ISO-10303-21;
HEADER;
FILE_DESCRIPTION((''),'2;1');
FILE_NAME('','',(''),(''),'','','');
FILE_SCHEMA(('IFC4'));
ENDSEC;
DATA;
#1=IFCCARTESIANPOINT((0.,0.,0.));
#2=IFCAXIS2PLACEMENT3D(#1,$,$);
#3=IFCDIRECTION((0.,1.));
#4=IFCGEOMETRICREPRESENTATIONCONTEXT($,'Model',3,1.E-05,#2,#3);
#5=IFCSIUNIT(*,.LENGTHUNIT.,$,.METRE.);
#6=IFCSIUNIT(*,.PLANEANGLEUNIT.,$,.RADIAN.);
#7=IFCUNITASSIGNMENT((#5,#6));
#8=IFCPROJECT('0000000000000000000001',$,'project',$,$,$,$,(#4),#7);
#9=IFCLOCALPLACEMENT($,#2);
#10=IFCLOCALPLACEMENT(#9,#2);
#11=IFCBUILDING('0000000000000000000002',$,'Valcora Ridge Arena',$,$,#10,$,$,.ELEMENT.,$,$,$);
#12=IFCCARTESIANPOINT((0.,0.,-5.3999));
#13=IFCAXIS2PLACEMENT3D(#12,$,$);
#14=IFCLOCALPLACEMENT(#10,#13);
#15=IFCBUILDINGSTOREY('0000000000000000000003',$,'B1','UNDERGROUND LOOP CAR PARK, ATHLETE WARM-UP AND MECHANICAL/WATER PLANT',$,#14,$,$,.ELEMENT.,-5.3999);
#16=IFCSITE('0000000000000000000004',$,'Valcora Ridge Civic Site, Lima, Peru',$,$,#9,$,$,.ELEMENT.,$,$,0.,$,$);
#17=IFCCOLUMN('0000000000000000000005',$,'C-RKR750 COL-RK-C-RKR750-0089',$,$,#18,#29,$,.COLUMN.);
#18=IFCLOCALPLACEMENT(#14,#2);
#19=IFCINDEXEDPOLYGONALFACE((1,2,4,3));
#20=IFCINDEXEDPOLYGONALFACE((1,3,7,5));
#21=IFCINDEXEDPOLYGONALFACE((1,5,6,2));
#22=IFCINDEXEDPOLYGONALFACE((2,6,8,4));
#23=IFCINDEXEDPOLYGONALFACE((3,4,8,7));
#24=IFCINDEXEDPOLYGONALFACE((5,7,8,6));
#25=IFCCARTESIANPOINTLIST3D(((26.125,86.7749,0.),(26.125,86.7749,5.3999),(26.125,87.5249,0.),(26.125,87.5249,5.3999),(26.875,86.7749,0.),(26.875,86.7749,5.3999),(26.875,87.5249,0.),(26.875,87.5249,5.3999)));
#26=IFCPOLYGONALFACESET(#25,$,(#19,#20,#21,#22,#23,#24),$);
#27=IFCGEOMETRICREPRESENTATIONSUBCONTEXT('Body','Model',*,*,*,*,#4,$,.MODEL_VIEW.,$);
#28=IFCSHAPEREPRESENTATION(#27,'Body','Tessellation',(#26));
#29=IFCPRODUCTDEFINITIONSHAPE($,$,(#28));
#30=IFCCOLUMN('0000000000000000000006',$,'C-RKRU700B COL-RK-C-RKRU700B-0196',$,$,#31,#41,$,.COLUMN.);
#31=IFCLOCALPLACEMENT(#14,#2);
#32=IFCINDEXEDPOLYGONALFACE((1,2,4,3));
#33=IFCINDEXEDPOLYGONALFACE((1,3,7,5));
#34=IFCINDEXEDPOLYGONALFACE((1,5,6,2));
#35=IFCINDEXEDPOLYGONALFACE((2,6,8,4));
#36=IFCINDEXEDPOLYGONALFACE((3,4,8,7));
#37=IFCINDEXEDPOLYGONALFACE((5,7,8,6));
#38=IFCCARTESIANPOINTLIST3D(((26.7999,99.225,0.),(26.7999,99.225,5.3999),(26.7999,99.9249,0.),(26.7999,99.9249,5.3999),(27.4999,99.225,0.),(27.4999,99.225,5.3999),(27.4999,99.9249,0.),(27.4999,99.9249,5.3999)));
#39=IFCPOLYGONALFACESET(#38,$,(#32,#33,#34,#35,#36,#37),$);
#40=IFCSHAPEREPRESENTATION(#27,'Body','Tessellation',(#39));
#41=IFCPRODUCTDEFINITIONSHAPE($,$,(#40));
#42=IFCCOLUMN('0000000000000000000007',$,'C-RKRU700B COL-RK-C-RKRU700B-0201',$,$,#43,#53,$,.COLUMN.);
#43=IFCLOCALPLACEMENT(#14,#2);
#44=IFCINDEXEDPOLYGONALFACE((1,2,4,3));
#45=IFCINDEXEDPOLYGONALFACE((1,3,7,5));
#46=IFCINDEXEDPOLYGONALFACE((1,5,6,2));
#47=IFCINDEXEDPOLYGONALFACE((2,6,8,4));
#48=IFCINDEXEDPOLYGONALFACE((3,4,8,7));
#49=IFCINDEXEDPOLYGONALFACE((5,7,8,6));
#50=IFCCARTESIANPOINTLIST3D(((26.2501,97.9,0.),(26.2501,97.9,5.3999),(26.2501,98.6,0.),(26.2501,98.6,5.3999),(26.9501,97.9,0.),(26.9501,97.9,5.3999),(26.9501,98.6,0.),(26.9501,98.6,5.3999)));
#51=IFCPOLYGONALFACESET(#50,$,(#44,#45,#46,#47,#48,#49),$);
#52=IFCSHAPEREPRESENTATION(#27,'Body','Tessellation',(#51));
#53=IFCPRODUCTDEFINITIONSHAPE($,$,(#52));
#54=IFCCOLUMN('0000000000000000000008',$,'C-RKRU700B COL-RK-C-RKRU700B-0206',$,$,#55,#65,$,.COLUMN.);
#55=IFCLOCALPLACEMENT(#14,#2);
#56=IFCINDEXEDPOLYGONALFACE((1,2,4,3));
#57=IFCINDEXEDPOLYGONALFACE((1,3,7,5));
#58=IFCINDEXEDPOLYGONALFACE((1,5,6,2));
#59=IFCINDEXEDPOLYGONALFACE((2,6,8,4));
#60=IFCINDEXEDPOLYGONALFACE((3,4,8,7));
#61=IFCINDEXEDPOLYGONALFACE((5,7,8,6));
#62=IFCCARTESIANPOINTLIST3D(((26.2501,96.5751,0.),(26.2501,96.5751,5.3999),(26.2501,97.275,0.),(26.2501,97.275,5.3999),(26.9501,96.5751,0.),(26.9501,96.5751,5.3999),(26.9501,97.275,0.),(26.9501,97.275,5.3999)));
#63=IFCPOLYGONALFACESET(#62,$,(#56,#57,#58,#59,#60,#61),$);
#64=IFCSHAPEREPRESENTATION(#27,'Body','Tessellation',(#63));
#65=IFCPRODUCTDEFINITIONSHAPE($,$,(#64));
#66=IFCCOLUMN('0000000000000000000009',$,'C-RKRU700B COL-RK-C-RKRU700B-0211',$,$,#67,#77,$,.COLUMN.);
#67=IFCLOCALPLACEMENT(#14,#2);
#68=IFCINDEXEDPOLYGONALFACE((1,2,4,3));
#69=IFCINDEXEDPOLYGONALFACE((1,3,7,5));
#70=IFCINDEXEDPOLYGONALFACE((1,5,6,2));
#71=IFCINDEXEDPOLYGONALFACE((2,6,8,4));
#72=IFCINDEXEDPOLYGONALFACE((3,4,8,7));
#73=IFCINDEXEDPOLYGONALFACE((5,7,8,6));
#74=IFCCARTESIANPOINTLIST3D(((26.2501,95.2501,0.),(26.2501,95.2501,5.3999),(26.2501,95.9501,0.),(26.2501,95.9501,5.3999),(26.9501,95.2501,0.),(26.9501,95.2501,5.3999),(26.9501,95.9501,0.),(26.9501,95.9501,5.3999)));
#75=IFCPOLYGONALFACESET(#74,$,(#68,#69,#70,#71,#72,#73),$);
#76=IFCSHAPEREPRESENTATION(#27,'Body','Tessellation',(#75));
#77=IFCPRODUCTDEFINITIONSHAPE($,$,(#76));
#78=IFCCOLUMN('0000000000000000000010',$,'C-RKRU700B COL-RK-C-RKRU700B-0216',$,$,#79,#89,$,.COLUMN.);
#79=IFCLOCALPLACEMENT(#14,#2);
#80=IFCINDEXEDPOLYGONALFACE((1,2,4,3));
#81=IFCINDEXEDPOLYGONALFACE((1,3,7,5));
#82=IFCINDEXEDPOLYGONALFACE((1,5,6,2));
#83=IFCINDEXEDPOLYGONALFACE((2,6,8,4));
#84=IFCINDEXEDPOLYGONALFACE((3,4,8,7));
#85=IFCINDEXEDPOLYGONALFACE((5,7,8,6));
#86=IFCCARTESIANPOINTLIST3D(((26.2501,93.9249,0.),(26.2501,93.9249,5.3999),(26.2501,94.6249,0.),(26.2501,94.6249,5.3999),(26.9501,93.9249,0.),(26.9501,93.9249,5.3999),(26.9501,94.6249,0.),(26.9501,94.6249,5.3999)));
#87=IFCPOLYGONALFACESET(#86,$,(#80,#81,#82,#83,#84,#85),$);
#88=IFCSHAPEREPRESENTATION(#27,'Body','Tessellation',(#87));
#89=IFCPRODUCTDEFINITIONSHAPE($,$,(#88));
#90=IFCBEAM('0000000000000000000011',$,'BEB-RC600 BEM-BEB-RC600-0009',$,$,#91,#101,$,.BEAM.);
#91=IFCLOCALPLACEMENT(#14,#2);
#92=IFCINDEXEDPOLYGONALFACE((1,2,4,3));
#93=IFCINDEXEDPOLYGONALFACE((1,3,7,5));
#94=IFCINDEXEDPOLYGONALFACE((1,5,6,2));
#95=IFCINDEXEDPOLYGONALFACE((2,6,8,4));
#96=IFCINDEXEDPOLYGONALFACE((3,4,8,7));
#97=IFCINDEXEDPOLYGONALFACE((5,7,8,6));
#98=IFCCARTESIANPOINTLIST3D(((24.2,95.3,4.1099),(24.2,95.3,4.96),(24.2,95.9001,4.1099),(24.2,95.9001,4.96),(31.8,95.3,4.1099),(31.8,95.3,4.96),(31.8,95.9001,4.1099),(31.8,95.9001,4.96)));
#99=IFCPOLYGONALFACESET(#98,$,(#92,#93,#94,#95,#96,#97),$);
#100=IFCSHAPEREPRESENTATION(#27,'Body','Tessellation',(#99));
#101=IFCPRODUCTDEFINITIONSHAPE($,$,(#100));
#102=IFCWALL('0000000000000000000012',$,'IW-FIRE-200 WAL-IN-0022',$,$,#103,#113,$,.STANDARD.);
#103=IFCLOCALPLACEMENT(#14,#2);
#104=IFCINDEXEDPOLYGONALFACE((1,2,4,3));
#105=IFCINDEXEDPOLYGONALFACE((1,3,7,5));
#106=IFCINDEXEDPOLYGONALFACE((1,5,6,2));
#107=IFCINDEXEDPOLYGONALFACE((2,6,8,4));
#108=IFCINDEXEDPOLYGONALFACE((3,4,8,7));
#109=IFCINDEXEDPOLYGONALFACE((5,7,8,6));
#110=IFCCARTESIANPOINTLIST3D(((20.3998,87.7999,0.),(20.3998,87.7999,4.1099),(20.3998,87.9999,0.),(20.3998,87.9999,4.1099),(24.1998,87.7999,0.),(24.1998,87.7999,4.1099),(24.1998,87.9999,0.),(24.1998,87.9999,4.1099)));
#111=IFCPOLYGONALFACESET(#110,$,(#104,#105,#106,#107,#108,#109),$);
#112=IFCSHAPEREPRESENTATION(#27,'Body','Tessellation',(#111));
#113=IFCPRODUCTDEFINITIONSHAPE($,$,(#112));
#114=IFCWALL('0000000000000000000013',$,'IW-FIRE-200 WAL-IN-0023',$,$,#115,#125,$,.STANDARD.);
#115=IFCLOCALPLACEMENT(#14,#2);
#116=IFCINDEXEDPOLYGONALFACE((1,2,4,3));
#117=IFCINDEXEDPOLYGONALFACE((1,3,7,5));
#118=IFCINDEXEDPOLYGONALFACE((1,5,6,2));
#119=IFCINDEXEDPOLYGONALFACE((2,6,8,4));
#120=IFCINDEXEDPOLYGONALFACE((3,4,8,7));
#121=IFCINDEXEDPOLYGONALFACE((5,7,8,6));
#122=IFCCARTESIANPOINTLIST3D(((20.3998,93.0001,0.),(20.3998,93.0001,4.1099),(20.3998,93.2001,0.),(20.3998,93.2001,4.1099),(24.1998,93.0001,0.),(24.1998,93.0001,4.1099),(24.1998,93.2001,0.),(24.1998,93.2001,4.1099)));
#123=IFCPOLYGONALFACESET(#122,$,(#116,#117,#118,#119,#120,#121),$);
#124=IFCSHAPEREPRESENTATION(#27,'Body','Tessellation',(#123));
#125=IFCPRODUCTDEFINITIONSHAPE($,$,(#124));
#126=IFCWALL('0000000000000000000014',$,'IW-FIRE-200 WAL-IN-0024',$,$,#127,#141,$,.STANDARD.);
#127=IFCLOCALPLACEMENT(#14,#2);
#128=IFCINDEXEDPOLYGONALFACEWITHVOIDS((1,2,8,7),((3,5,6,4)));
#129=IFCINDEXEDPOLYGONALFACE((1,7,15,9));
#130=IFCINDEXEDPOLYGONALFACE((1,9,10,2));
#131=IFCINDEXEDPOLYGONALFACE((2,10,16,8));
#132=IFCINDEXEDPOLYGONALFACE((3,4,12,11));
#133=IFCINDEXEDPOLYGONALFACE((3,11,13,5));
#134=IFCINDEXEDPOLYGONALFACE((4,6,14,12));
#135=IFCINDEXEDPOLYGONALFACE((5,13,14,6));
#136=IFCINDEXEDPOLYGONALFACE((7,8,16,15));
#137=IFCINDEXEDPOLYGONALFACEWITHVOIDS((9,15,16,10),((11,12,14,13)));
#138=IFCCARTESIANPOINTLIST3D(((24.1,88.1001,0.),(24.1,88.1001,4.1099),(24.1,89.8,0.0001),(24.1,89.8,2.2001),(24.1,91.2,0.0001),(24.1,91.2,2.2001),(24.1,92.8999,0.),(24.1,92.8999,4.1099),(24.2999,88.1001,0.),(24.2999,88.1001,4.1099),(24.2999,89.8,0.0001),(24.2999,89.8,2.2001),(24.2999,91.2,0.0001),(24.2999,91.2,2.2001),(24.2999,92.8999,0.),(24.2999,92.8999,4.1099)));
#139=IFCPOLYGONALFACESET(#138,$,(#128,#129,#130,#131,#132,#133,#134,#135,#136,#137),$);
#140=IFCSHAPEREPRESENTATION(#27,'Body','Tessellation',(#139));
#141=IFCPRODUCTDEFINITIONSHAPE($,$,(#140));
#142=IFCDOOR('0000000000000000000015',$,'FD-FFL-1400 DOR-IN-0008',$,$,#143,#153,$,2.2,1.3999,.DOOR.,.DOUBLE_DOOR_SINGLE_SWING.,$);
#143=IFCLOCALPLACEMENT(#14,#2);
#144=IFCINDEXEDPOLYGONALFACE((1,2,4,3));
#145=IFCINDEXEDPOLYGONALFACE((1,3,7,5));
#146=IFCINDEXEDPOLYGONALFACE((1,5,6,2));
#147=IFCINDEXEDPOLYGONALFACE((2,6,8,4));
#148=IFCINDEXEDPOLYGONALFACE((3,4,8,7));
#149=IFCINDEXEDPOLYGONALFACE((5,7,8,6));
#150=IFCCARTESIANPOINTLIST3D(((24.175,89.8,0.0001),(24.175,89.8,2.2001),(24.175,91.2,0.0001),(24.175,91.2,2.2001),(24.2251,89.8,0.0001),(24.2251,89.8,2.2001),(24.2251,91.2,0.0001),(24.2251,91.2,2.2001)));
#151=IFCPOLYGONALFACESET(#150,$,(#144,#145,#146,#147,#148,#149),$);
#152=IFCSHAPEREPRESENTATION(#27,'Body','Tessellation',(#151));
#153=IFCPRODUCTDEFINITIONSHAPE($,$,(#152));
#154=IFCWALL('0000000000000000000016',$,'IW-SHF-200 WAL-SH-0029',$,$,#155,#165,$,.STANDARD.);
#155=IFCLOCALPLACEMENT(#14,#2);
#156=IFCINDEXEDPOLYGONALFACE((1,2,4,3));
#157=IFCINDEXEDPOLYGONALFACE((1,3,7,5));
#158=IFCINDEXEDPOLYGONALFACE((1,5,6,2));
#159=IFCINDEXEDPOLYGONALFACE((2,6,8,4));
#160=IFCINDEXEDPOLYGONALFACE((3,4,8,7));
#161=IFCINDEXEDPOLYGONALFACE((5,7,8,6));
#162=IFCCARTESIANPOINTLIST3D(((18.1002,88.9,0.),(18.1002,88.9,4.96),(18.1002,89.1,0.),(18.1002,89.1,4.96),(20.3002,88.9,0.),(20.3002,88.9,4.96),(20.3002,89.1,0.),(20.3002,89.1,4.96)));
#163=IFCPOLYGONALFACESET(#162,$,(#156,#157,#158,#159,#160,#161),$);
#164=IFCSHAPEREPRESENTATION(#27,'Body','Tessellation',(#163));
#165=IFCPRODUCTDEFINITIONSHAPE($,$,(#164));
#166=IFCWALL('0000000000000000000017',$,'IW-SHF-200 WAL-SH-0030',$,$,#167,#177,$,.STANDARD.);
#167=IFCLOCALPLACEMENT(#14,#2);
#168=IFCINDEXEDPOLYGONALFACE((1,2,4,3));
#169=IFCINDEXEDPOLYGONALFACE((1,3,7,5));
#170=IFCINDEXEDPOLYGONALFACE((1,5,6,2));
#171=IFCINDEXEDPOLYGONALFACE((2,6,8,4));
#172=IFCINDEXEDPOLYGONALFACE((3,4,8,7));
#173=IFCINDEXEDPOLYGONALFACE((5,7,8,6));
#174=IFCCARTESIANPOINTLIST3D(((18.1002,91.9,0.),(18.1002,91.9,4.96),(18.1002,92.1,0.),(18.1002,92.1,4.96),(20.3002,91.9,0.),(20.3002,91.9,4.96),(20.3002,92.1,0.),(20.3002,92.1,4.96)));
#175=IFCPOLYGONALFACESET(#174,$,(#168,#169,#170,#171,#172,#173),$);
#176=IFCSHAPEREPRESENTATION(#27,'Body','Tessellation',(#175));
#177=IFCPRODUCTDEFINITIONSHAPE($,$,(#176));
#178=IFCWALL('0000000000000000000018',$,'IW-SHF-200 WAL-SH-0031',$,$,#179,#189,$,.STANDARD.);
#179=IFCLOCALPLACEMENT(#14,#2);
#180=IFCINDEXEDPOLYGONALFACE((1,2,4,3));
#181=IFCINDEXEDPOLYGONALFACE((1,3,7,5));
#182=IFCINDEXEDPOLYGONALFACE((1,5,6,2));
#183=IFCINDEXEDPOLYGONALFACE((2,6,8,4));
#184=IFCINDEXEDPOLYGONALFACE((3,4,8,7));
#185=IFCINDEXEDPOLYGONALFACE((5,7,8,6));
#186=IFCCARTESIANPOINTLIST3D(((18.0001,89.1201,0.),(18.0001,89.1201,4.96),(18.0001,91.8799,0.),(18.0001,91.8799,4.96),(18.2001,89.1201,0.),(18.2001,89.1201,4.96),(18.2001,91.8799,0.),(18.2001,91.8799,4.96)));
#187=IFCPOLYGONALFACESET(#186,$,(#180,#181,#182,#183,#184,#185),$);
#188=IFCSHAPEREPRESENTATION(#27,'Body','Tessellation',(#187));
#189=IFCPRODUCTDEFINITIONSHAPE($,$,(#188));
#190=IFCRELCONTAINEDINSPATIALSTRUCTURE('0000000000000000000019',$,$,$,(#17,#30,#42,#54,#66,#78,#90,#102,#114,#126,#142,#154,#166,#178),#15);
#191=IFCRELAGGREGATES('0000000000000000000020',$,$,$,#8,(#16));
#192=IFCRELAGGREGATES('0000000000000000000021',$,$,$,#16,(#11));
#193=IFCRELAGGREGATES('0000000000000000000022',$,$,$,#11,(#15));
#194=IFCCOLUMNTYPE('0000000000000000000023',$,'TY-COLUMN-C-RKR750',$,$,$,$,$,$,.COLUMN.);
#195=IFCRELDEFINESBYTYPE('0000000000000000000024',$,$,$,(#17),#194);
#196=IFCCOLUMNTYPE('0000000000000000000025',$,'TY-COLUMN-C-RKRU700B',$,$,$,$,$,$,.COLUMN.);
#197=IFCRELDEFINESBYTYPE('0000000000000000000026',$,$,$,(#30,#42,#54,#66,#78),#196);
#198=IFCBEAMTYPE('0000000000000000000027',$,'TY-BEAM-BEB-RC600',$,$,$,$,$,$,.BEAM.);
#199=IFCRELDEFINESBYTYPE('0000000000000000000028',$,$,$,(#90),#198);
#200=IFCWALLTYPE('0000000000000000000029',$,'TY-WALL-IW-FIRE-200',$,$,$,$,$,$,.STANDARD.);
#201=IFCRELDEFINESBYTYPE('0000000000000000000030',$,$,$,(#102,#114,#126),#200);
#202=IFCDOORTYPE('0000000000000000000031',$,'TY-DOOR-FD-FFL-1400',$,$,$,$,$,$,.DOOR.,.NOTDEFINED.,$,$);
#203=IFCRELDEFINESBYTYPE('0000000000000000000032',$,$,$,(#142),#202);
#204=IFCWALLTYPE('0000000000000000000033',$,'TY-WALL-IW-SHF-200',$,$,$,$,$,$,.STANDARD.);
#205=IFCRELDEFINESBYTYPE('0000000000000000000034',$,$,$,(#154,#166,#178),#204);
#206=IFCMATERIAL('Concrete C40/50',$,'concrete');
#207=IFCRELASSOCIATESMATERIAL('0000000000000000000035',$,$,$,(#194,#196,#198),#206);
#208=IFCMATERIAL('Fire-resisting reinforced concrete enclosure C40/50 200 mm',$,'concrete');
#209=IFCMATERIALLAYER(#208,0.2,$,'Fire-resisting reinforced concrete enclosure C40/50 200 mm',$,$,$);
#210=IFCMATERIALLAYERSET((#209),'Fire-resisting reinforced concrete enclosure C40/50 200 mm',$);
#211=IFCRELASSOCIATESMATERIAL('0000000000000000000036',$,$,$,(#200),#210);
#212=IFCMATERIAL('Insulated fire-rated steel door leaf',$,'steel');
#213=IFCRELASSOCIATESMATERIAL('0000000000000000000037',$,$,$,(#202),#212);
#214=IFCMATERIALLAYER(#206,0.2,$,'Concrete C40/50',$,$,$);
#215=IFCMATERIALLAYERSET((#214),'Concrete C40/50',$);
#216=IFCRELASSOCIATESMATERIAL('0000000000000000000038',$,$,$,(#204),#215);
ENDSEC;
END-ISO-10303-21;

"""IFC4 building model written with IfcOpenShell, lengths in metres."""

from ifc_helpers import new_model, si_unit, direction, frame, frame_2d, origin, origin_2d, place, context, subcontext, project, spatial, rectangle, extrude, material, layer, layer_set, material_profile, profile_set, type_object, element, fill, save


model = new_model("IFC4")

# Units and contexts
model_context = context("Model", 3, precision=1e-05, world=origin(), true_north=direction((0.0, 1.0)))
body_context = subcontext(model_context, "Body", "Model", "MODEL_VIEW")
ifc_project = project(units=[si_unit("LENGTHUNIT", "METRE"), si_unit("PLANEANGLEUNIT", "RADIAN")], contexts=[model_context])

# Site, building, storey
site_placement = place(None, origin())
site = spatial("IfcSite", under=ifc_project, at=site_placement, Name="Valcora Ridge Civic Site, Lima, Peru", CompositionType="ELEMENT", RefElevation=0.0)
building_placement = place(site_placement, origin())
building = spatial("IfcBuilding", under=site, at=building_placement, Name="Valcora Ridge Arena", CompositionType="ELEMENT")
storey_placement = place(building_placement, frame((0.0, 0.0, -5.3999)))
storey = spatial("IfcBuildingStorey", under=building, at=storey_placement, Name="B1", Description="UNDERGROUND LOOP CAR PARK, ATHLETE WARM-UP AND MECHANICAL/WATER PLANT", CompositionType="ELEMENT", Elevation=-5.3999)

# Shared definitions
ifc_material_1 = material(Name="Concrete C40/50", Category="concrete")

# Columns
ifc_material_profile_1 = material_profile(ifc_material_1, rectangle(XDim=0.75, YDim=0.75, at=origin_2d()), Name="RC 750x750")
ifc_profile_set_1 = profile_set([ifc_material_profile_1], Name="Concrete C40/50")
column_type_1 = type_object("IfcColumnType", Name="TY-COLUMN-C-RKR750", PredefinedType="COLUMN", material=ifc_profile_set_1)
for number, where, z_axis, x_axis, name in (
    (1, (26.5, 87.1499, 0.0), (0.0, 0.0, 1.0), (1.0, 0.0, 0.0), "C-RKR750 COL-RK-C-RKR750-0089"),
):
    element("IfcColumn", number, at=place(storey_placement, frame(where, z_axis=z_axis, x_axis=x_axis)), inside=storey, type_object=column_type_1, Name=name, PredefinedType="COLUMN", context=body_context, shape_type="SweptSolid", body=[
        extrude(rectangle(XDim=0.75, YDim=0.75, at=origin_2d()), origin(), (0.0, 0.0, 1.0), 5.3999),
    ])
ifc_material_profile_2 = material_profile(ifc_material_1, rectangle(XDim=0.7, YDim=0.7, at=origin_2d()), Name="RC 700x700")
ifc_profile_set_2 = profile_set([ifc_material_profile_2], Name="Concrete C40/50")
column_type_2 = type_object("IfcColumnType", Name="TY-COLUMN-C-RKRU700B", PredefinedType="COLUMN", material=ifc_profile_set_2)
for number, where, z_axis, x_axis, name in (
    (2, (27.1499, 99.575, 0.0), (0.0, 0.0, 1.0), (1.0, 0.0, 0.0), "C-RKRU700B COL-RK-C-RKRU700B-0196"),
    (3, (26.6001, 98.25, 0.0), (0.0, 0.0, 1.0), (1.0, 0.0, 0.0), "C-RKRU700B COL-RK-C-RKRU700B-0201"),
    (4, (26.6001, 96.925, 0.0), (0.0, 0.0, 1.0), (1.0, 0.0, 0.0), "C-RKRU700B COL-RK-C-RKRU700B-0206"),
    (5, (26.6001, 95.6001, 0.0), (0.0, 0.0, 1.0), (1.0, 0.0, 0.0), "C-RKRU700B COL-RK-C-RKRU700B-0211"),
    (6, (26.6001, 94.2749, 0.0), (0.0, 0.0, 1.0), (1.0, 0.0, 0.0), "C-RKRU700B COL-RK-C-RKRU700B-0216"),
):
    element("IfcColumn", number, at=place(storey_placement, frame(where, z_axis=z_axis, x_axis=x_axis)), inside=storey, type_object=column_type_2, Name=name, PredefinedType="COLUMN", context=body_context, shape_type="SweptSolid", body=[
        extrude(rectangle(XDim=0.7, YDim=0.7, at=origin_2d()), origin(), (0.0, 0.0, 1.0), 5.3999),
    ])

# Beam
ifc_material_profile_3 = material_profile(ifc_material_1, rectangle(XDim=0.6001, YDim=0.8501, at=origin_2d()), Name="RC 600x850")
ifc_profile_set_3 = profile_set([ifc_material_profile_3], Name="Concrete C40/50")
beam_type = type_object("IfcBeamType", Name="TY-BEAM-BEB-RC600", PredefinedType="BEAM", material=ifc_profile_set_3)
beam_placement = place(storey_placement, frame((24.2, 95.6001, 4.5349), z_axis=(1.0, 0.0, 0.0), x_axis=(0.0, 1.0, 0.0)))
element("IfcBeam", 7, at=beam_placement, inside=storey, type_object=beam_type, Name="BEB-RC600 BEM-BEB-RC600-0009", PredefinedType="BEAM", context=body_context, shape_type="SweptSolid", body=[
    extrude(rectangle(XDim=0.6001, YDim=0.8501, at=origin_2d()), origin(), (0.0, 0.0, 1.0), 7.6001),
])

# Walls
ifc_material_2 = material(Name="Fire-resisting reinforced concrete enclosure C40/50 200 mm", Category="concrete")
ifc_layer_1 = layer(ifc_material_2, 0.2, Name="Fire-resisting reinforced concrete enclosure C40/50 200 mm")
ifc_layer_set_1 = layer_set([ifc_layer_1], Name="Fire-resisting reinforced concrete enclosure C40/50 200 mm")
wall_type_1 = type_object("IfcWallType", Name="TY-WALL-IW-FIRE-200", PredefinedType="STANDARD", material=ifc_layer_set_1)
for number, where, z_axis, x_axis, name in (
    (8, (20.3999, 87.8999, 0.0), (0.0, 0.0, 1.0), (1.0, 0.0, 0.0), "IW-FIRE-200 WAL-IN-0022"),
    (9, (20.3999, 93.1001, 0.0), (0.0, 0.0, 1.0), (1.0, 0.0, 0.0), "IW-FIRE-200 WAL-IN-0023"),
):
    element("IfcWall", number, at=place(storey_placement, frame(where, z_axis=z_axis, x_axis=x_axis)), inside=storey, type_object=wall_type_1, Name=name, PredefinedType="STANDARD", context=body_context, shape_type="SweptSolid", body=[
        extrude(rectangle(XDim=3.8, YDim=0.2, at=frame_2d((1.8999, 0.0))), origin(), (0.0, 0.0, 1.0), 4.1099),
    ])

# Wall, opening, door
wall_1_placement = place(storey_placement, frame((24.2, 88.1001, 0.0), z_axis=(0.0, 0.0, 1.0), x_axis=(0.0, 1.0, 0.0)))
wall_1 = element("IfcWall", 10, at=wall_1_placement, inside=storey, type_object=wall_type_1, Name="IW-FIRE-200 WAL-IN-0024", PredefinedType="STANDARD", context=body_context, shape_type="SweptSolid", body=[
    extrude(rectangle(XDim=4.7998, YDim=0.2, at=frame_2d((2.3999, 0.0))), origin(), (0.0, 0.0, 1.0), 4.1099),
])
opening_1_placement = place(wall_1_placement, frame((1.7, 0.0, 0.0)))
opening_1 = element("IfcOpeningElement", 11, at=opening_1_placement, cuts=wall_1, PredefinedType="OPENING", context=body_context, shape_type="SweptSolid", body=[
    extrude(rectangle(XDim=1.3999, YDim=2.2, at=frame_2d((0.7, 1.1001))), frame((0.0, 0.1099, 0.0), z_axis=(0.0, -1.0, 0.0), x_axis=(1.0, 0.0, 0.0)), (0.0, 0.0, 1.0), 0.22),
])
ifc_material_3 = material(Name="Insulated fire-rated steel door leaf", Category="steel")
door_type_1 = type_object("IfcDoorType", Name="TY-DOOR-FD-FFL-1400", OperationType="NOTDEFINED", PredefinedType="DOOR", material=ifc_material_3)
door_1_placement = place(opening_1_placement, origin())
door_1 = element("IfcDoor", 12, at=door_1_placement, inside=storey, type_object=door_type_1, Name="FD-FFL-1400 DOR-IN-0008", OperationType="DOUBLE_DOOR_SINGLE_SWING", OverallHeight=2.2, OverallWidth=1.3999, PredefinedType="DOOR", context=body_context, shape_type="SweptSolid", body=[
    extrude(rectangle(XDim=1.3999, YDim=2.2, at=frame_2d((0.7, 1.1001))), frame((0.0, 0.0249, 0.0), z_axis=(0.0, -1.0, 0.0), x_axis=(1.0, 0.0, 0.0)), (0.0, 0.0, 1.0), 0.05),
])
fill(opening_1, door_1)

# Walls
ifc_layer_2 = layer(ifc_material_1, 0.2, Name="Concrete C40/50")
ifc_layer_set_2 = layer_set([ifc_layer_2], Name="Concrete C40/50")
wall_type_2 = type_object("IfcWallType", Name="TY-WALL-IW-SHF-200", PredefinedType="STANDARD", material=ifc_layer_set_2)
for number, where, z_axis, x_axis, name in (
    (13, (18.1001, 89.0, 0.0), (0.0, 0.0, 1.0), (1.0, 0.0, 0.0), "IW-SHF-200 WAL-SH-0029"),
    (14, (18.1001, 92.0, 0.0), (0.0, 0.0, 1.0), (1.0, 0.0, 0.0), "IW-SHF-200 WAL-SH-0030"),
):
    element("IfcWall", number, at=place(storey_placement, frame(where, z_axis=z_axis, x_axis=x_axis)), inside=storey, type_object=wall_type_2, Name=name, PredefinedType="STANDARD", context=body_context, shape_type="SweptSolid", body=[
        extrude(rectangle(XDim=2.2, YDim=0.2, at=frame_2d((1.1001, 0.0))), origin(), (0.0, 0.0, 1.0), 4.96),
    ])
wall_2_placement = place(storey_placement, frame((18.1001, 89.1201, 0.0), z_axis=(0.0, 0.0, 1.0), x_axis=(0.0, 1.0, 0.0)))
element("IfcWall", 15, at=wall_2_placement, inside=storey, type_object=wall_type_2, Name="IW-SHF-200 WAL-SH-0031", PredefinedType="STANDARD", context=body_context, shape_type="SweptSolid", body=[
    extrude(rectangle(XDim=2.7598, YDim=0.2, at=frame_2d((1.3799, 0.0))), origin(), (0.0, 0.0, 1.0), 4.96),
])

save(model, "model.ifc")
